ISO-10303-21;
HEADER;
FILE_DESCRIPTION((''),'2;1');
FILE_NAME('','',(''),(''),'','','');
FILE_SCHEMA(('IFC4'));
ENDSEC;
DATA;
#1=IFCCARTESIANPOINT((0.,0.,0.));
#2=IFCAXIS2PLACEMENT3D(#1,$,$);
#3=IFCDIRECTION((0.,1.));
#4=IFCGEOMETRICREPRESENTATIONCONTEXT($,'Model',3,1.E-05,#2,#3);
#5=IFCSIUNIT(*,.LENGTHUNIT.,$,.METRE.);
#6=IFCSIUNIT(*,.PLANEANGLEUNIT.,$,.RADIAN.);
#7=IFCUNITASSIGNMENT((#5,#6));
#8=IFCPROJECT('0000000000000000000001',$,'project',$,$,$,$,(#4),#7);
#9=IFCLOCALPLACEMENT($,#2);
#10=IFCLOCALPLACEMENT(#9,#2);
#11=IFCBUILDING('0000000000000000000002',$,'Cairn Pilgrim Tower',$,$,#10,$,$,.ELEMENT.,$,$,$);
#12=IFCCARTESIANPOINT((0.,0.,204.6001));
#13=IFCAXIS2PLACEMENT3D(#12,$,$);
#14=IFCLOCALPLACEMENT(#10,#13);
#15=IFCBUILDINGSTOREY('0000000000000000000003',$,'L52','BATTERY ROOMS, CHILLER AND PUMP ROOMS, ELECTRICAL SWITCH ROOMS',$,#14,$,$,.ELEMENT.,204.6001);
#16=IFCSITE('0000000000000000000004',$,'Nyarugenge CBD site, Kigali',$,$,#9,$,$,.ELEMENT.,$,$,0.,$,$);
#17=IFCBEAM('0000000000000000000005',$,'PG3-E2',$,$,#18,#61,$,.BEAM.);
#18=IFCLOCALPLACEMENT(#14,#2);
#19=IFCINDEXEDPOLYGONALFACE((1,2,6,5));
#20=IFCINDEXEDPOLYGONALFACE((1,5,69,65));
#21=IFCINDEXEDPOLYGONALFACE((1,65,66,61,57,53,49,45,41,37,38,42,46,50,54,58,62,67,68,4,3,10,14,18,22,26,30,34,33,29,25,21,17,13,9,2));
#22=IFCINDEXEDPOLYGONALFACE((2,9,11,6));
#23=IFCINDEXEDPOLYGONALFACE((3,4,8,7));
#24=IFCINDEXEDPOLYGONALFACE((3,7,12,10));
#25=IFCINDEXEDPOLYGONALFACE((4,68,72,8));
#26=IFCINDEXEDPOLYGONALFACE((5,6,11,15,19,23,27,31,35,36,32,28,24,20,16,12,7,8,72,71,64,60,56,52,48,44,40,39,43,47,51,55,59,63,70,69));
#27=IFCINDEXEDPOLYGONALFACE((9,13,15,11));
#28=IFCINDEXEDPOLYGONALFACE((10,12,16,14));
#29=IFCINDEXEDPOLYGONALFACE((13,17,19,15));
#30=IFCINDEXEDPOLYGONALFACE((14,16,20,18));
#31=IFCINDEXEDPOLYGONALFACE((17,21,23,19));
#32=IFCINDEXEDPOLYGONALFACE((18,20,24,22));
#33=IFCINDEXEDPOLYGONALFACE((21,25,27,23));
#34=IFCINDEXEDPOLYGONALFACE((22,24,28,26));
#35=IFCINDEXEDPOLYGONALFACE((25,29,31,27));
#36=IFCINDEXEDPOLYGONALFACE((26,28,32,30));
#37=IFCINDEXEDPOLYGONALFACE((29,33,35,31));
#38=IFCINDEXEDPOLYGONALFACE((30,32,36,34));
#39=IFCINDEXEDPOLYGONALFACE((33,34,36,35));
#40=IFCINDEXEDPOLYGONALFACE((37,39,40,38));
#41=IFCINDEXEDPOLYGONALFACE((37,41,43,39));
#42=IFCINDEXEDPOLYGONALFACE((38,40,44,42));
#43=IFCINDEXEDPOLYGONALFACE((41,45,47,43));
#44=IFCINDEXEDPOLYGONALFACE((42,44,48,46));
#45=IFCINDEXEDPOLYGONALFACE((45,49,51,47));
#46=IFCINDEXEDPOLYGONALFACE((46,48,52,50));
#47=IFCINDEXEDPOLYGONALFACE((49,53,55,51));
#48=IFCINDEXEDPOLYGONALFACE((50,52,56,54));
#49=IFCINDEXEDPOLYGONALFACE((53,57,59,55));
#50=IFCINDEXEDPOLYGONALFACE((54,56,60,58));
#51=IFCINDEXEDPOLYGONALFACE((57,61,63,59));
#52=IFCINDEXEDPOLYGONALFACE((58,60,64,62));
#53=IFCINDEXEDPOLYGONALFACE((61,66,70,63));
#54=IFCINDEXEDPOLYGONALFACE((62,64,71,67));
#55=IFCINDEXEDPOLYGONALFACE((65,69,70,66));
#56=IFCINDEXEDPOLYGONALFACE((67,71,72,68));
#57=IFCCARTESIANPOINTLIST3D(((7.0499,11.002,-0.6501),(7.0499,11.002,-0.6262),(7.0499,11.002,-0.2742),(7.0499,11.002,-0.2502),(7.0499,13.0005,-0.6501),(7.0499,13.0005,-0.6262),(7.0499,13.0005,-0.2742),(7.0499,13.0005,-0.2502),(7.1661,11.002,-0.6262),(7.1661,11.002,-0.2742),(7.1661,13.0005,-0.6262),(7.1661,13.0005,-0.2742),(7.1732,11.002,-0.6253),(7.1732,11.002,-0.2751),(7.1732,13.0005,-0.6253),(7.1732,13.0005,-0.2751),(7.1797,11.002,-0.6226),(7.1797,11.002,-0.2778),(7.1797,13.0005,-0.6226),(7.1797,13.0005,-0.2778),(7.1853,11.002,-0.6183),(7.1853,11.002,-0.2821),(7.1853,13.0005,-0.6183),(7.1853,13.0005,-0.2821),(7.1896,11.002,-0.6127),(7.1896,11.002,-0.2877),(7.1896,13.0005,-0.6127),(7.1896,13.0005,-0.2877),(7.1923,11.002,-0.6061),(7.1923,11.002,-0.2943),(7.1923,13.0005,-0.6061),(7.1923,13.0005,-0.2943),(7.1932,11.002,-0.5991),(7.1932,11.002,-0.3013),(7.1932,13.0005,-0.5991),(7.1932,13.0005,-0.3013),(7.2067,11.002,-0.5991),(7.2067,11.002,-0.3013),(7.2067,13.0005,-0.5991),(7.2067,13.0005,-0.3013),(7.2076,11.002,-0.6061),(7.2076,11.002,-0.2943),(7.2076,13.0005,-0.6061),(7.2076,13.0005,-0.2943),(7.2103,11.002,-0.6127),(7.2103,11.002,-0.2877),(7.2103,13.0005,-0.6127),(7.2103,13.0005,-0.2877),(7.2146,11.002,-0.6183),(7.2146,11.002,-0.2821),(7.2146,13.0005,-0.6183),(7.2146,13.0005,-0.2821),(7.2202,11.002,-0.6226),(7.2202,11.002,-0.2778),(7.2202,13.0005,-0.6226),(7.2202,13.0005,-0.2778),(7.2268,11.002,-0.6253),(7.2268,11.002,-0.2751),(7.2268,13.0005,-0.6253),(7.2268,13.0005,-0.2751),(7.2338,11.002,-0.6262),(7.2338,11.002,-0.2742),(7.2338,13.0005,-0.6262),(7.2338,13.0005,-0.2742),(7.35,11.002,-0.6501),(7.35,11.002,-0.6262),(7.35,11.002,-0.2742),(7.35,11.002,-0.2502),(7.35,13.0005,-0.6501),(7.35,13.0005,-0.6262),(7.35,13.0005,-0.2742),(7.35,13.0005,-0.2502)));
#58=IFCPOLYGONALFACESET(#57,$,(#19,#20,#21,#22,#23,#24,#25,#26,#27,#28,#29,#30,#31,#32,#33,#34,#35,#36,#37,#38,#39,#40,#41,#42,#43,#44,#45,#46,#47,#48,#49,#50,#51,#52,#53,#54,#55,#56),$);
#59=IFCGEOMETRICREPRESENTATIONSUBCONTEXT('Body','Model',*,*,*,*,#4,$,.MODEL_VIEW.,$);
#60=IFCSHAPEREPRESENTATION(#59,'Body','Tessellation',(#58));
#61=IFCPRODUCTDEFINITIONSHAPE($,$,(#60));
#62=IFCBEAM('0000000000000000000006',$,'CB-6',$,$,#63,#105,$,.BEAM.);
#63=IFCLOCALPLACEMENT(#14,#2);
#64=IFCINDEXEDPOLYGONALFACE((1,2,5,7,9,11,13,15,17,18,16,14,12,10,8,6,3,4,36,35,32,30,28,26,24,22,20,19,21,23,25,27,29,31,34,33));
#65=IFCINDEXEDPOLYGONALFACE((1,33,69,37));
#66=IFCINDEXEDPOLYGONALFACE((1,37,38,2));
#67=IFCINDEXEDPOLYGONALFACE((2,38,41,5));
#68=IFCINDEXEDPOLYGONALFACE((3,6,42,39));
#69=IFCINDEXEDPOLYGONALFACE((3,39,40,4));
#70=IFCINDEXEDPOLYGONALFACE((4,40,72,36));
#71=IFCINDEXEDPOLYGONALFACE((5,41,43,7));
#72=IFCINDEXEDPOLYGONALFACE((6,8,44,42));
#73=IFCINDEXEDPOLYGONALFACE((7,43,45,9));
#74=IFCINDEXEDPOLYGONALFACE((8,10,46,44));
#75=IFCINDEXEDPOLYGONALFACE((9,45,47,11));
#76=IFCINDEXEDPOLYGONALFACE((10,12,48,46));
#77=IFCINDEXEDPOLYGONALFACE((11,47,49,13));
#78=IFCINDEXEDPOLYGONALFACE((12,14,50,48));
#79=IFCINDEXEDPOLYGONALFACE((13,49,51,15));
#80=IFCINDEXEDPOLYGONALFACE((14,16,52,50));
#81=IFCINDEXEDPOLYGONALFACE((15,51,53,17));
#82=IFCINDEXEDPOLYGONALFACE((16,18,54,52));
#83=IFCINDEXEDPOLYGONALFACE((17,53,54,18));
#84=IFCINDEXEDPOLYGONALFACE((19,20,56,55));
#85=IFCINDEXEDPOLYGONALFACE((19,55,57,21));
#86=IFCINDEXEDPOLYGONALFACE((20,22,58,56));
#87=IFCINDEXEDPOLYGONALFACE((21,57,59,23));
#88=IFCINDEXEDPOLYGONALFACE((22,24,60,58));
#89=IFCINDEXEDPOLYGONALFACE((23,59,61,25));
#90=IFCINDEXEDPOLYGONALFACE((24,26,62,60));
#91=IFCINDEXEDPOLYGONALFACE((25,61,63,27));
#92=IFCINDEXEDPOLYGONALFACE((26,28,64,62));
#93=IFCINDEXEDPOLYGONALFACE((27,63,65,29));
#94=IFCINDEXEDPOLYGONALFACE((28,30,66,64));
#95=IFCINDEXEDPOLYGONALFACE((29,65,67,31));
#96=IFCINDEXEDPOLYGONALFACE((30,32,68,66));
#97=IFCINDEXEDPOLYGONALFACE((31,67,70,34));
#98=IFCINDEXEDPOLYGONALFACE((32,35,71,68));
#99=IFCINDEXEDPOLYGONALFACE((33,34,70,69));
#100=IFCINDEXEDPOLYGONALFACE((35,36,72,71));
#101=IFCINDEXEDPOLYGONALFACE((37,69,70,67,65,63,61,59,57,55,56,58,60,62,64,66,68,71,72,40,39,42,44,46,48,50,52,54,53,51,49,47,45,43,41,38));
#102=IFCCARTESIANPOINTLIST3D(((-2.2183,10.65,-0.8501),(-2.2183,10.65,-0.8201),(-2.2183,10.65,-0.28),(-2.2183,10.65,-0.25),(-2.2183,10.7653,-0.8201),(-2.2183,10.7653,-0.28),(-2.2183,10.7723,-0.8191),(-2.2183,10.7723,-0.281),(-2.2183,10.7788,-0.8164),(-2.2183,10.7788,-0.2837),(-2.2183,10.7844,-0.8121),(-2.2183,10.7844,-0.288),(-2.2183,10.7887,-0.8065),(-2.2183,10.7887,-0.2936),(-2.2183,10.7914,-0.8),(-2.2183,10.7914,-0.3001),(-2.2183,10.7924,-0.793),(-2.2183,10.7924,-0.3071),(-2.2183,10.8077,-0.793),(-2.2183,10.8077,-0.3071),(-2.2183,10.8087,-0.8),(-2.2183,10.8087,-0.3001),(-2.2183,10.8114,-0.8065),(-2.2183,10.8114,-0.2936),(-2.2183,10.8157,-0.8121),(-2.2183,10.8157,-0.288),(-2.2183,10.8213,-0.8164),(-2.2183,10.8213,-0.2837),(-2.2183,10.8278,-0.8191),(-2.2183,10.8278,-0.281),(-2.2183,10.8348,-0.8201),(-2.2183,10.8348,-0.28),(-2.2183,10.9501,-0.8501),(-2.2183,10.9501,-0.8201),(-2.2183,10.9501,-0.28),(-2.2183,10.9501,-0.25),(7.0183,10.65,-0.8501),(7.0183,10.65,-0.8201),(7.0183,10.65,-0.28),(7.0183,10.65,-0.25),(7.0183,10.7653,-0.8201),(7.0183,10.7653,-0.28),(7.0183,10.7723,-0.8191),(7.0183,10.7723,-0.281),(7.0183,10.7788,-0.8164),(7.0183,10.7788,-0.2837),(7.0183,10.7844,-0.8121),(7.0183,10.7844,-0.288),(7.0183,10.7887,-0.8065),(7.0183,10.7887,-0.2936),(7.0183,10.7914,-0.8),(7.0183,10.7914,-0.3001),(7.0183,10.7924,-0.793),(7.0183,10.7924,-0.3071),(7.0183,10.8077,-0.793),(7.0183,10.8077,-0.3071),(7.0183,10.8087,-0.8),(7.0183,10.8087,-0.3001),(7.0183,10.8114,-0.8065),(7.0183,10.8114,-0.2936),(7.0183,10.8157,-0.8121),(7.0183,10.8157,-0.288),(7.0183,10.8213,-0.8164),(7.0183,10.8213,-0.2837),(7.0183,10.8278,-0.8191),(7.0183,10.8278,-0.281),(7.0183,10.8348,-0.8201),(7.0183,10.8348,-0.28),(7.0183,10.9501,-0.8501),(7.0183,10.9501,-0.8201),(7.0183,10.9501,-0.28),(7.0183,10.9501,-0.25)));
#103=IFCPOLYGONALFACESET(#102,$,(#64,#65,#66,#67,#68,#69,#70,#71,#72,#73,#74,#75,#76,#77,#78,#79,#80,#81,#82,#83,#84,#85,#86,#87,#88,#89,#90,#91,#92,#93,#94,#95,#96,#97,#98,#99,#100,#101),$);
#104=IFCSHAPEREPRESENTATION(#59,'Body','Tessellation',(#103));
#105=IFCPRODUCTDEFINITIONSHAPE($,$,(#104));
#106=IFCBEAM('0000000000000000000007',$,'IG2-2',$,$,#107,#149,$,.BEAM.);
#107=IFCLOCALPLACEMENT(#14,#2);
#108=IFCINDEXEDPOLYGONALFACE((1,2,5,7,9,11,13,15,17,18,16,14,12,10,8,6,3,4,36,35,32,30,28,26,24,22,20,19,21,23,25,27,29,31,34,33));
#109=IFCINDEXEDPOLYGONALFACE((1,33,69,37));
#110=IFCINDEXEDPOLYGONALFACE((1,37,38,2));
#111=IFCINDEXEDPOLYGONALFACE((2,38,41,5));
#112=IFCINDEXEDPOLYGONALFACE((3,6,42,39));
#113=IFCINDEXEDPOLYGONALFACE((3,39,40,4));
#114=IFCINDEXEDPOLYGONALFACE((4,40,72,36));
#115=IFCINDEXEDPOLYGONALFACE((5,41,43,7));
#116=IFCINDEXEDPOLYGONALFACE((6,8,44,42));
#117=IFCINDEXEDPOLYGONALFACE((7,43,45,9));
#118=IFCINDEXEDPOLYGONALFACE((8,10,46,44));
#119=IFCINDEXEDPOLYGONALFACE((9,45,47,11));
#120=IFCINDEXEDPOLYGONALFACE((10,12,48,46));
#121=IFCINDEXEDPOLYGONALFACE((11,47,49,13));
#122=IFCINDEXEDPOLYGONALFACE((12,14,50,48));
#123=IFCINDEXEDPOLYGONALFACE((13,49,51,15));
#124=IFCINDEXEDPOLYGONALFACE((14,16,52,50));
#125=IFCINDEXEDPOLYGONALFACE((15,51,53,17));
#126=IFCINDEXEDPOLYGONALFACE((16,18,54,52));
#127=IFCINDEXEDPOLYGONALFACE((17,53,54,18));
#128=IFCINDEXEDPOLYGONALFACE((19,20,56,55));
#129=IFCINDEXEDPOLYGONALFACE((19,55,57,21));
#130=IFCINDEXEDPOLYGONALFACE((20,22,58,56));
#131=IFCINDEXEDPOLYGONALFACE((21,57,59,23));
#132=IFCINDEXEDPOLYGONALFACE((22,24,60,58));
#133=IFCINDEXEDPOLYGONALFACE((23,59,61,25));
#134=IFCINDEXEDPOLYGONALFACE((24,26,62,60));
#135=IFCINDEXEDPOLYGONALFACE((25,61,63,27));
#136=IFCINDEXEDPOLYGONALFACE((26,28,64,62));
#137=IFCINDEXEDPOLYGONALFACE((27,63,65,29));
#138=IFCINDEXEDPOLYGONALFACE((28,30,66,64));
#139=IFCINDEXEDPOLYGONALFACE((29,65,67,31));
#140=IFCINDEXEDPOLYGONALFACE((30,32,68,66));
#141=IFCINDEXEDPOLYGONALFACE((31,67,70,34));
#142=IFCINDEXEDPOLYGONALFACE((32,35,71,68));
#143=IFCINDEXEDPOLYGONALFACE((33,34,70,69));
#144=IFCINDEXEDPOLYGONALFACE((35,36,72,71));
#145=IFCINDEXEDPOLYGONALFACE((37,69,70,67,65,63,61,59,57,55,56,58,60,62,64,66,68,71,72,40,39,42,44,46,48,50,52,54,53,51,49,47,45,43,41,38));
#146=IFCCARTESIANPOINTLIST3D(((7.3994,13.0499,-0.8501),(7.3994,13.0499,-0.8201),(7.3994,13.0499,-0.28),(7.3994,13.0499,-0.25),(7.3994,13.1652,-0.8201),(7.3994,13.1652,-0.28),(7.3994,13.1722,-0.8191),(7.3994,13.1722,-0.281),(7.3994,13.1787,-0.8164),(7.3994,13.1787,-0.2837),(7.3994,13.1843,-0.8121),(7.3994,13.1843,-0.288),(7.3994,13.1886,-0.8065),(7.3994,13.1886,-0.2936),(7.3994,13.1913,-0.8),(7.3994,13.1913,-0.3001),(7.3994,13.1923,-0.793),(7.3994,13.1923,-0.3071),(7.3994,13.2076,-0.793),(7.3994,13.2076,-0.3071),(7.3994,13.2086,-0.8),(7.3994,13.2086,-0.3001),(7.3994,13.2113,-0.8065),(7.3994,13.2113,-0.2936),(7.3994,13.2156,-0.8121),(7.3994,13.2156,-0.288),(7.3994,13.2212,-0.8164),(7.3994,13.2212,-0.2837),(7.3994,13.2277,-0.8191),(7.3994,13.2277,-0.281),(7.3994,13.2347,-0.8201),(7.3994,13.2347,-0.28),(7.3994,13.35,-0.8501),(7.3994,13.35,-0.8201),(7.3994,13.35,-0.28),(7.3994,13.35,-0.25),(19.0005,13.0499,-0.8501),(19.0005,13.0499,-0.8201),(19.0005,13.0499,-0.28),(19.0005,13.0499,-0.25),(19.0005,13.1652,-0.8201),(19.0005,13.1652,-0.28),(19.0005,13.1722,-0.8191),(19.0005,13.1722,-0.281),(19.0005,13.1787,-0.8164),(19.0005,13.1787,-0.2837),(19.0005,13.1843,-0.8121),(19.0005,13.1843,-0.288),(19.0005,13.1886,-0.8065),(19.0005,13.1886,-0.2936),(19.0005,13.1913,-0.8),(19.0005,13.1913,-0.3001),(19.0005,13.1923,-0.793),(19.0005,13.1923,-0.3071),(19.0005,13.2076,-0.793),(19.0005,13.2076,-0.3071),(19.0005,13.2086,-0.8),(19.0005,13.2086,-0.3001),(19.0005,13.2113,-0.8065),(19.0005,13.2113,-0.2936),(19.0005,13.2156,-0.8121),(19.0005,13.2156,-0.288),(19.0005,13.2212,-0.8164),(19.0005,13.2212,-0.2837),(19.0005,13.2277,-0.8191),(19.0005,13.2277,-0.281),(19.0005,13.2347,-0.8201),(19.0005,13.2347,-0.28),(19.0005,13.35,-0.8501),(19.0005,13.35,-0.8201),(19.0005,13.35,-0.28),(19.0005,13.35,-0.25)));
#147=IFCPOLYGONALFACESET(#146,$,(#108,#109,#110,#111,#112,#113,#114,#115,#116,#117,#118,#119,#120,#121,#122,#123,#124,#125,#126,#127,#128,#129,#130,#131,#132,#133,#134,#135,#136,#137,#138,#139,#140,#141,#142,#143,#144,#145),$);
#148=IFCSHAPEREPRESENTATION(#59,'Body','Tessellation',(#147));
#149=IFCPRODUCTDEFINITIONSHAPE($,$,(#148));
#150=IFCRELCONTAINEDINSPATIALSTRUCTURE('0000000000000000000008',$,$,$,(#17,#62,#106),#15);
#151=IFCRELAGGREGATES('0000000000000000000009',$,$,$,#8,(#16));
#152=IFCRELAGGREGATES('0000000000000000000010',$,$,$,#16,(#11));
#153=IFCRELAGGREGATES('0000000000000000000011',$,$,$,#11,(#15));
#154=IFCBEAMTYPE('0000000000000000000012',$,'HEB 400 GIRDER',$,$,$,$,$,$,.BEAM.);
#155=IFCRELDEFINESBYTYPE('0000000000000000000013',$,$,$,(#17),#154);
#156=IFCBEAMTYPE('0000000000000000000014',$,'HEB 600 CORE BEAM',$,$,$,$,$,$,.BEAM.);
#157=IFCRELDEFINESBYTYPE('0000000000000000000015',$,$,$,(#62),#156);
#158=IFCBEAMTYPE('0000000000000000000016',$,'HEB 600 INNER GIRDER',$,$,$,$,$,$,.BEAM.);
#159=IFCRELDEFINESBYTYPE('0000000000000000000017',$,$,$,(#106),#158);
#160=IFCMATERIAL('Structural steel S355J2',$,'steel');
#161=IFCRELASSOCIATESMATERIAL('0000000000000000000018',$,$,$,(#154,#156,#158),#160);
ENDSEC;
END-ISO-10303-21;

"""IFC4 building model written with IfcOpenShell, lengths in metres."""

from ifc_helpers import new_model, si_unit, direction, frame, origin, origin_2d, place, context, subcontext, project, spatial, i_section, extrude, material, material_profile, profile_set, type_object, element, save


model = new_model("IFC4")

# Units and contexts
model_context = context("Model", 3, precision=1e-05, world=origin(), true_north=direction((0.0, 1.0)))
body_context = subcontext(model_context, "Body", "Model", "MODEL_VIEW")
ifc_project = project(units=[si_unit("LENGTHUNIT", "METRE"), si_unit("PLANEANGLEUNIT", "RADIAN")], contexts=[model_context])

# Site, building, storey
site_placement = place(None, origin())
site = spatial("IfcSite", under=ifc_project, at=site_placement, Name="Nyarugenge CBD site, Kigali", CompositionType="ELEMENT", RefElevation=0.0)
building_placement = place(site_placement, origin())
building = spatial("IfcBuilding", under=site, at=building_placement, Name="Cairn Pilgrim Tower", CompositionType="ELEMENT")
storey_placement = place(building_placement, frame((0.0, 0.0, 204.6001)))
storey = spatial("IfcBuildingStorey", under=building, at=storey_placement, Name="L52", Description="BATTERY ROOMS, CHILLER AND PUMP ROOMS, ELECTRICAL SWITCH ROOMS", CompositionType="ELEMENT", Elevation=204.6001)

# Shared definitions
ifc_material_1 = material(Name="Structural steel S355J2", Category="steel")

# Beams
ifc_material_profile_1 = material_profile(ifc_material_1, i_section(OverallWidth=0.3, OverallDepth=0.3999, WebThickness=0.0134, FlangeThickness=0.0239, FilletRadius=0.0271, at=origin_2d()), Name="HEB 400")
ifc_profile_set_1 = profile_set([ifc_material_profile_1], Name="Structural steel S355J2")
beam_type_1 = type_object("IfcBeamType", Name="HEB 400 GIRDER", PredefinedType="BEAM", material=ifc_profile_set_1)
beam_1_placement = place(storey_placement, frame((7.2, 11.002, -0.4502), z_axis=(0.0, 1.0, 0.0), x_axis=(-1.0, 0.0, 0.0)))
element("IfcBeam", 1, at=beam_1_placement, inside=storey, type_object=beam_type_1, Name="PG3-E2", PredefinedType="BEAM", context=body_context, shape_type="SweptSolid", body=[
    extrude(i_section(OverallWidth=0.3, OverallDepth=0.3999, WebThickness=0.0134, FlangeThickness=0.0239, FilletRadius=0.0271, at=origin_2d()), origin(), (0.0, 0.0, 1.0), 1.9985),
])
ifc_material_profile_2 = material_profile(ifc_material_1, i_section(OverallWidth=0.3, OverallDepth=0.6001, WebThickness=0.0154, FlangeThickness=0.03, FilletRadius=0.0271, at=origin_2d()), Name="HEB 600")
ifc_profile_set_2 = profile_set([ifc_material_profile_2], Name="Structural steel S355J2")
beam_type_2 = type_object("IfcBeamType", Name="HEB 600 CORE BEAM", PredefinedType="BEAM", material=ifc_profile_set_2)
beam_2_placement = place(storey_placement, frame((7.0183, 10.8, -0.55), z_axis=(-1.0, 0.0, 0.0), x_axis=(0.0, -1.0, 0.0)))
element("IfcBeam", 2, at=beam_2_placement, inside=storey, type_object=beam_type_2, Name="CB-6", PredefinedType="BEAM", context=body_context, shape_type="SweptSolid", body=[
    extrude(i_section(OverallWidth=0.3, OverallDepth=0.6001, WebThickness=0.0154, FlangeThickness=0.03, FilletRadius=0.0271, at=origin_2d()), origin(), (0.0, 0.0, 1.0), 9.2366),
])
ifc_material_profile_3 = material_profile(ifc_material_1, i_section(OverallWidth=0.3, OverallDepth=0.6001, WebThickness=0.0154, FlangeThickness=0.03, FilletRadius=0.0271, at=origin_2d()), Name="HEB 600")
ifc_profile_set_3 = profile_set([ifc_material_profile_3], Name="Structural steel S355J2")
beam_type_3 = type_object("IfcBeamType", Name="HEB 600 INNER GIRDER", PredefinedType="BEAM", material=ifc_profile_set_3)
beam_3_placement = place(storey_placement, frame((7.3994, 13.2, -0.55), z_axis=(1.0, 0.0, 0.0), x_axis=(0.0, 1.0, 0.0)))
element("IfcBeam", 3, at=beam_3_placement, inside=storey, type_object=beam_type_3, Name="IG2-2", PredefinedType="BEAM", context=body_context, shape_type="SweptSolid", body=[
    extrude(i_section(OverallWidth=0.3, OverallDepth=0.6001, WebThickness=0.0154, FlangeThickness=0.03, FilletRadius=0.0271, at=origin_2d()), origin(), (0.0, 0.0, 1.0), 11.6011),
])

save(model, "model.ifc")
